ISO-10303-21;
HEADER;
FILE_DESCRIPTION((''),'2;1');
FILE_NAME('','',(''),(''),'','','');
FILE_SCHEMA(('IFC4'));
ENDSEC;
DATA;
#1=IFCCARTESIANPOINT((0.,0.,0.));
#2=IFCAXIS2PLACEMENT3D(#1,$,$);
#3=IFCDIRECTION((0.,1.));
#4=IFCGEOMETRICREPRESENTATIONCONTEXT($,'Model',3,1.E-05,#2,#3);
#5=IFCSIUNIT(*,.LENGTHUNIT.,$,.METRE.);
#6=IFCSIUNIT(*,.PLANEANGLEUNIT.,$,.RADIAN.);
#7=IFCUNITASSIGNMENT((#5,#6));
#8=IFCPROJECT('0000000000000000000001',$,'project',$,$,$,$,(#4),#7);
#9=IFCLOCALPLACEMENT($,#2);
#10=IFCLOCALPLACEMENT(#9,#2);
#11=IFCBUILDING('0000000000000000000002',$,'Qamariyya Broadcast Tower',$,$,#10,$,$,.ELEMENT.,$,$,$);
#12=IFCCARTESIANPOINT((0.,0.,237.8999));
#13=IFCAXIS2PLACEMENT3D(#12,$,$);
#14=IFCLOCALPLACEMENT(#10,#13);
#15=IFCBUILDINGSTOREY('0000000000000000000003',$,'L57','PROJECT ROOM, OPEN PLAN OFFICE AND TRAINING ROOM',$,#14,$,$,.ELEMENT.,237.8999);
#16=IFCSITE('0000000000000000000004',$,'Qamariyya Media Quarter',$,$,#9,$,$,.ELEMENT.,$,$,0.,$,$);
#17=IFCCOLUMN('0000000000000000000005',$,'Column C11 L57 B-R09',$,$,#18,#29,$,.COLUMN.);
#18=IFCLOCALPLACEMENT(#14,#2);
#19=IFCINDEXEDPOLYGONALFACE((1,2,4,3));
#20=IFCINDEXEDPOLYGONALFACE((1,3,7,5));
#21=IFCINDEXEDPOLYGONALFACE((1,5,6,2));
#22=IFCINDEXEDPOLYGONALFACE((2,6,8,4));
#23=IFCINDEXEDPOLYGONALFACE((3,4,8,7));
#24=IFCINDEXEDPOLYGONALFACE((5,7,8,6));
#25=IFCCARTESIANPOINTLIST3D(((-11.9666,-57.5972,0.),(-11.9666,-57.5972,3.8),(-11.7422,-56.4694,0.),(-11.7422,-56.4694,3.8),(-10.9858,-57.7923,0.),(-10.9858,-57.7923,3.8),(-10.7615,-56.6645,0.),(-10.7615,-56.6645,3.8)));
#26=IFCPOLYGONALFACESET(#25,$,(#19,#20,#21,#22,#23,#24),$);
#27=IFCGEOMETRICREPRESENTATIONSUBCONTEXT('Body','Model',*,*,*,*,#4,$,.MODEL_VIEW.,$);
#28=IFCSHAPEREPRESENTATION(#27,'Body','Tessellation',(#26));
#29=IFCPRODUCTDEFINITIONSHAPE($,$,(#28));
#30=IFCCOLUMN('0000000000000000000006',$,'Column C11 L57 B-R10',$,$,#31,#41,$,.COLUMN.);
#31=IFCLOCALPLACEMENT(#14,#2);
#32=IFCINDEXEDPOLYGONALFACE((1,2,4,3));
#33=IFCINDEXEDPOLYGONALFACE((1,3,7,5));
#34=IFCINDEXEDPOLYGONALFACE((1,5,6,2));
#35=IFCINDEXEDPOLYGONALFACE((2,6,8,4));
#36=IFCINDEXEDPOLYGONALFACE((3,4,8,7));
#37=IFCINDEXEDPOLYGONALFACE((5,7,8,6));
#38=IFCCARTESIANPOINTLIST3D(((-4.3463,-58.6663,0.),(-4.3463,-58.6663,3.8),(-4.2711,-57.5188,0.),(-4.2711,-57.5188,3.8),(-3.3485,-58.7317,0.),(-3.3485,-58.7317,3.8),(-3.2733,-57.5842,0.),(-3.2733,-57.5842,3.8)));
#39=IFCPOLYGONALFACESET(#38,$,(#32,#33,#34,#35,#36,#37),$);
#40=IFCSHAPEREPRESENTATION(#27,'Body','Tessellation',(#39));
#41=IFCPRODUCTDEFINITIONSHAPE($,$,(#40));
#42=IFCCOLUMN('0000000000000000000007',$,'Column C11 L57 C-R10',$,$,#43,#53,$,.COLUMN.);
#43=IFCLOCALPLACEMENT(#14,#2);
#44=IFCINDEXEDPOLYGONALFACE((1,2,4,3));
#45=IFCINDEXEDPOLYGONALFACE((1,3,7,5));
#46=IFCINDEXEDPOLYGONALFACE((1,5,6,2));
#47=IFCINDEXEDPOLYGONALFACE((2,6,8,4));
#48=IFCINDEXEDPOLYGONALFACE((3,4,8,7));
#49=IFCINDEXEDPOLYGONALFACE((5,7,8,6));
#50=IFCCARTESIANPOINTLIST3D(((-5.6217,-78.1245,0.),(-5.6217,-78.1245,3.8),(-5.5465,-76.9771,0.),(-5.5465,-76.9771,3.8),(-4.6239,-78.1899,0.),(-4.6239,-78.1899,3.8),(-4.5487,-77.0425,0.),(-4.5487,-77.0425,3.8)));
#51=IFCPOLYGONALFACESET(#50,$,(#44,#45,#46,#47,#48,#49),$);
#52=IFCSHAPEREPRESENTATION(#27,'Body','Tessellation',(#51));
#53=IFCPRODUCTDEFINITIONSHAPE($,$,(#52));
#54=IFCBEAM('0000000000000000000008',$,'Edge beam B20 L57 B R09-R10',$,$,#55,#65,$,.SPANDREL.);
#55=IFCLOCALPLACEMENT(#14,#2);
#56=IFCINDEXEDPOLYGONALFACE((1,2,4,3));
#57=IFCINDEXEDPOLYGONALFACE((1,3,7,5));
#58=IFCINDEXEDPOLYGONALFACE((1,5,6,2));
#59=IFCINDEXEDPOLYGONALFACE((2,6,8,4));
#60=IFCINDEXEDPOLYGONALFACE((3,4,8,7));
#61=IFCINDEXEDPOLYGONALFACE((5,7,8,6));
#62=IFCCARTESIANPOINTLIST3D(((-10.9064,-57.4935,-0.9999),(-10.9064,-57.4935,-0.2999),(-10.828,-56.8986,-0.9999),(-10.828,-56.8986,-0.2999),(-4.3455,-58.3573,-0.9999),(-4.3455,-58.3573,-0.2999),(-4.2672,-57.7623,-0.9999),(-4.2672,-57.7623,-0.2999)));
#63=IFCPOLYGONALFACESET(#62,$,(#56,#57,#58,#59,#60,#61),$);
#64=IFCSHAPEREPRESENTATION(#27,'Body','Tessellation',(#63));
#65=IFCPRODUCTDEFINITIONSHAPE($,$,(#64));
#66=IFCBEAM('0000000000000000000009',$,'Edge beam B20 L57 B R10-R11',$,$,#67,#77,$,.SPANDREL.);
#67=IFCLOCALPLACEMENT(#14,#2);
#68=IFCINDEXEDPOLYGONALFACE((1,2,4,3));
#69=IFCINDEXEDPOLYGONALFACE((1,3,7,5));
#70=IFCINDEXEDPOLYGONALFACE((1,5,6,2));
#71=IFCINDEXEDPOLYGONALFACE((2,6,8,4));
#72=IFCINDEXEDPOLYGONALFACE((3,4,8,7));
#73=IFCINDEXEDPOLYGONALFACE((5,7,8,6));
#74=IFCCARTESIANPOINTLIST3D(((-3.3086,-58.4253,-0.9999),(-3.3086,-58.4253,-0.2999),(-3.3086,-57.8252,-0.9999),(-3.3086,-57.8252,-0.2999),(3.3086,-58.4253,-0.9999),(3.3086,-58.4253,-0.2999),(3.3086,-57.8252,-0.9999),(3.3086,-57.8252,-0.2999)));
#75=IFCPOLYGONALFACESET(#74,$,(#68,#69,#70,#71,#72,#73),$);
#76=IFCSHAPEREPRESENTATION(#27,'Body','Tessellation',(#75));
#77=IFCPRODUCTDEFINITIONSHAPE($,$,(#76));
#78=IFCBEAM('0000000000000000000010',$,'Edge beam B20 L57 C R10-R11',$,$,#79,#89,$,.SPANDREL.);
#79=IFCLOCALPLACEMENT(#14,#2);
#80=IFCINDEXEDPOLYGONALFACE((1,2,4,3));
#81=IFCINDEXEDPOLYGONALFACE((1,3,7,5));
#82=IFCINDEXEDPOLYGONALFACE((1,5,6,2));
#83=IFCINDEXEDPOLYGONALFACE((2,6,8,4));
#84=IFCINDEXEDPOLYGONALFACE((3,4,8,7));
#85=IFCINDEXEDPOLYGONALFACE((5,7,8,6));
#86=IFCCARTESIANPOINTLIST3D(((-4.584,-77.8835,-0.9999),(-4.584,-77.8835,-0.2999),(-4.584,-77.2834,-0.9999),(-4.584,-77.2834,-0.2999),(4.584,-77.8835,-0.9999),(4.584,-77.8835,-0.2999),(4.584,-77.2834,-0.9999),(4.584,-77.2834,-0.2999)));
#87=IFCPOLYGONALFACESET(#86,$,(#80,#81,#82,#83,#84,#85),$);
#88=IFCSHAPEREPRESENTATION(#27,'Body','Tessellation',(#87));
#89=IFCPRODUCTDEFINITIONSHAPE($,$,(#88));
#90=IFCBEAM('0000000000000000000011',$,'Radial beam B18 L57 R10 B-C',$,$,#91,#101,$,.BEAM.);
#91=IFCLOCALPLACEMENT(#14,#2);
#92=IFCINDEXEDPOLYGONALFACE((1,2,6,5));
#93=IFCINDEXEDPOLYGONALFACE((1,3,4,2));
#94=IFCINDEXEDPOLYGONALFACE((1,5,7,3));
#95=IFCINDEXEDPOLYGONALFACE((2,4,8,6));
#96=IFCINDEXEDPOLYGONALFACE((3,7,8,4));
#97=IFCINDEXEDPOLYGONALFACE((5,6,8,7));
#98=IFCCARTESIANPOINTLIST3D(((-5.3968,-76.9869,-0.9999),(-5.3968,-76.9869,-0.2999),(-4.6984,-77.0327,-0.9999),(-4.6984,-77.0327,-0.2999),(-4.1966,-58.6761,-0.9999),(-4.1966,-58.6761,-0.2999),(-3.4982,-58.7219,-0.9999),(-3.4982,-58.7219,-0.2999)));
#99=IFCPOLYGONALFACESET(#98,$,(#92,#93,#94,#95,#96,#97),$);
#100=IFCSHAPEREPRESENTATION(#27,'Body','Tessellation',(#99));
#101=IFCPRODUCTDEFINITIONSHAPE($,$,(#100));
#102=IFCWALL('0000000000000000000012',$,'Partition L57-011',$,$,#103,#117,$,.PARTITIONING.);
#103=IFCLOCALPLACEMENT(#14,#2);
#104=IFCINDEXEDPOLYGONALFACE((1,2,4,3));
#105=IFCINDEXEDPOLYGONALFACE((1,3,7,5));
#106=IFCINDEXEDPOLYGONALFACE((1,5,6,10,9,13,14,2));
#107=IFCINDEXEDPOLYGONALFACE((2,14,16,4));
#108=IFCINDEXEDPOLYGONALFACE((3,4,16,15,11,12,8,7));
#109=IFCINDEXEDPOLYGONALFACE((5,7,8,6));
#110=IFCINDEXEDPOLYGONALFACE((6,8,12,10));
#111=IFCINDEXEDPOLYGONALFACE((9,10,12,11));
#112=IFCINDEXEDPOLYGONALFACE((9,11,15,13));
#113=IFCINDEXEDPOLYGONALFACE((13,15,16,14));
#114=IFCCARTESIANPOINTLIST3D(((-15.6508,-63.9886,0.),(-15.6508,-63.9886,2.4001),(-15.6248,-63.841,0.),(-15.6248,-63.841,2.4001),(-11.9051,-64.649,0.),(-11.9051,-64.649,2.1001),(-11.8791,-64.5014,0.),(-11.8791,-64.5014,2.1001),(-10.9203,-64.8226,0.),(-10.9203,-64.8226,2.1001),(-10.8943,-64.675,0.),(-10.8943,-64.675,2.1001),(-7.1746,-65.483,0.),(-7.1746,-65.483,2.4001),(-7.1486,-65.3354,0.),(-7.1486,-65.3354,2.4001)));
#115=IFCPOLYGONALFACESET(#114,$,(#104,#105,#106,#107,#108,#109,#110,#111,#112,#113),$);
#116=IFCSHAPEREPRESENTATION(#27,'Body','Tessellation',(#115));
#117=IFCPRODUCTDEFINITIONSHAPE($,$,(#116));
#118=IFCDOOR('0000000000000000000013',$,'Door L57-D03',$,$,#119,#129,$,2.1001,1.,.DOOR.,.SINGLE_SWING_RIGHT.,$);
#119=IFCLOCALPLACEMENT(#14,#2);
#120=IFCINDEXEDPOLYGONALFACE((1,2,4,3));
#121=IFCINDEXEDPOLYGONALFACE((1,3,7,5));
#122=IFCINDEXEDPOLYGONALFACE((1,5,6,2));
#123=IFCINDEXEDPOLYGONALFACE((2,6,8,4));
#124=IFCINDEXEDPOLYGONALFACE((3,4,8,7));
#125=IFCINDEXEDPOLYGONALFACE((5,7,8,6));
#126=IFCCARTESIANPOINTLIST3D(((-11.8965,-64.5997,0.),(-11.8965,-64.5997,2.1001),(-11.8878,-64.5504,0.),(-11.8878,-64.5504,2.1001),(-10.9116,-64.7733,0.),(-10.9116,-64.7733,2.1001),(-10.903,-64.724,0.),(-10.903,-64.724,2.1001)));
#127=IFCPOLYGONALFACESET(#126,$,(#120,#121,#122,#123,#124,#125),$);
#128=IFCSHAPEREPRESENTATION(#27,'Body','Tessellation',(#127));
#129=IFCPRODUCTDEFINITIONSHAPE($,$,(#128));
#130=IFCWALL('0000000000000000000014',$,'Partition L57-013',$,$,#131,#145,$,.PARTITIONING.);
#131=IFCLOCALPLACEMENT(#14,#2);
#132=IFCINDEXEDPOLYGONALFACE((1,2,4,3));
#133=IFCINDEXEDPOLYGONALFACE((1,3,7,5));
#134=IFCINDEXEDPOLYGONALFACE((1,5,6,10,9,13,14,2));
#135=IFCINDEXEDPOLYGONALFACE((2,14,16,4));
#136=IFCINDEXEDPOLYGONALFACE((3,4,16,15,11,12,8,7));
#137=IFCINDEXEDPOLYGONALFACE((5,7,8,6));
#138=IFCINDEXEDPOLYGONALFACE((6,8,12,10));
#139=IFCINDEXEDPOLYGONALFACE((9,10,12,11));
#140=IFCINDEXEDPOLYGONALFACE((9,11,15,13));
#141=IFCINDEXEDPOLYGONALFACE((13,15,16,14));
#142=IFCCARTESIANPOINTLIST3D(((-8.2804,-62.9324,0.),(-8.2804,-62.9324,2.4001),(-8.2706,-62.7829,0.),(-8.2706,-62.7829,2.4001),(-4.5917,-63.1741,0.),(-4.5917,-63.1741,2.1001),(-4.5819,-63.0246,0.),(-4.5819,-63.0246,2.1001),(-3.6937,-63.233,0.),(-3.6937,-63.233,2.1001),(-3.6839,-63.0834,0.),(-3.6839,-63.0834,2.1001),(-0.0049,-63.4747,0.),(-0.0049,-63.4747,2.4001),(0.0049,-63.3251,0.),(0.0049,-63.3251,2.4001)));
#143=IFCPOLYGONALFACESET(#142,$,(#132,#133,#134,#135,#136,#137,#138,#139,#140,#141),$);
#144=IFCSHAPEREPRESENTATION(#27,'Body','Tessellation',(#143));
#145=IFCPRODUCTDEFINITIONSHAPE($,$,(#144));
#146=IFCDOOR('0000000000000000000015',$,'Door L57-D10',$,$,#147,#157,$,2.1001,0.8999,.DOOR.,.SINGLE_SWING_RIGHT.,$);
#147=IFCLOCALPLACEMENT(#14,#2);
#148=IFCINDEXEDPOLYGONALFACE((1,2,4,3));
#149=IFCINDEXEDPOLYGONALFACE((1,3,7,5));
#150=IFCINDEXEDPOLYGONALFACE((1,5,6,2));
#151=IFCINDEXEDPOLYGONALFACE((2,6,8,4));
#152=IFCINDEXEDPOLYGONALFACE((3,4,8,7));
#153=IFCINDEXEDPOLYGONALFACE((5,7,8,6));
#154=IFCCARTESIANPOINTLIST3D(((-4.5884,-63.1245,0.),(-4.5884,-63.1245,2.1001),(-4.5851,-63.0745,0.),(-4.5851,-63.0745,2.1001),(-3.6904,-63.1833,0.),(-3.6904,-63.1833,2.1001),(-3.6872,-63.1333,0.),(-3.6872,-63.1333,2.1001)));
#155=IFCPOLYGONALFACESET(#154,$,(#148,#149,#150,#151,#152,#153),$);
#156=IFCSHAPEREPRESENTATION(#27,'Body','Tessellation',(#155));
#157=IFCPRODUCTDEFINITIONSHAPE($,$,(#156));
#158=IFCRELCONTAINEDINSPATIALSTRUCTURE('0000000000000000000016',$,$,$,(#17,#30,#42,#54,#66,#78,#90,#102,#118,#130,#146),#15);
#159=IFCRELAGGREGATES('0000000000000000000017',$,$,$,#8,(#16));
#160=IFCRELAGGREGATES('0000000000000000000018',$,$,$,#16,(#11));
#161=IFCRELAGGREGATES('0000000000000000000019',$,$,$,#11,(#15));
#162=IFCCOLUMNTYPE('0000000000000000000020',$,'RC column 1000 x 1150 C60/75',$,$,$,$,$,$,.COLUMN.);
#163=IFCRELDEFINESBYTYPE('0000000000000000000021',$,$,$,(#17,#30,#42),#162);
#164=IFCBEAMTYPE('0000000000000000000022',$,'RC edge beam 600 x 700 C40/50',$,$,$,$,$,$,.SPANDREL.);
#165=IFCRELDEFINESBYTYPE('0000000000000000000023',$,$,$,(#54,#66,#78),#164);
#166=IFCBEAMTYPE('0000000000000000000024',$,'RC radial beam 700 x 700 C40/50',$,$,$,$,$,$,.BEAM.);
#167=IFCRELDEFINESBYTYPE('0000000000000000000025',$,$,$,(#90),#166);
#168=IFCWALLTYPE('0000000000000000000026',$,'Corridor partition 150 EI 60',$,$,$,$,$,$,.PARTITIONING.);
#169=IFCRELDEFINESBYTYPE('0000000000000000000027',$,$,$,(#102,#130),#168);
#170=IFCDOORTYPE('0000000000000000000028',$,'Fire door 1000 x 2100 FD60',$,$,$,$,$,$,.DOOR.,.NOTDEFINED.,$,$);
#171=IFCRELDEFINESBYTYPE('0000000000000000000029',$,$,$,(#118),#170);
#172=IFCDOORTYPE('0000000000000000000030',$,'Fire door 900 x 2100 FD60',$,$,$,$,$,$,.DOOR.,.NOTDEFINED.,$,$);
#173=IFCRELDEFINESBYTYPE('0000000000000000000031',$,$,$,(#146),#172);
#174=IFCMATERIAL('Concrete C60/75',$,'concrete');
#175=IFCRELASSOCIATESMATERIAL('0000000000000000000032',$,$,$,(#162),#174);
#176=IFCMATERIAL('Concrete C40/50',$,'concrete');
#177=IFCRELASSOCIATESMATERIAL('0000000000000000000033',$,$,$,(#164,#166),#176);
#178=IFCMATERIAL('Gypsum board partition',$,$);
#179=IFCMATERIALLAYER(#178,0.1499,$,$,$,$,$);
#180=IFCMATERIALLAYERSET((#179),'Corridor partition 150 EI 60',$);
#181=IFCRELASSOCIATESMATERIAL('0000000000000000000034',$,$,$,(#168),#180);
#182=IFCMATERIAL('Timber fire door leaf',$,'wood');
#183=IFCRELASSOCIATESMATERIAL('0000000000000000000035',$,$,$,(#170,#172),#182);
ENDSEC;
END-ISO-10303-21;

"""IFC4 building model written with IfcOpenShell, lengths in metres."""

from ifc_helpers import new_model, si_unit, direction, frame, frame_2d, origin, origin_2d, place, context, subcontext, project, spatial, rectangle, extrude, material, layer, layer_set, material_profile, profile_set, type_object, element, fill, save


model = new_model("IFC4")

# Units and contexts
model_context = context("Model", 3, precision=1e-05, world=origin(), true_north=direction((0.0, 1.0)))
body_context = subcontext(model_context, "Body", "Model", "MODEL_VIEW")
ifc_project = project(units=[si_unit("LENGTHUNIT", "METRE"), si_unit("PLANEANGLEUNIT", "RADIAN")], contexts=[model_context])

# Site, building, storey
site_placement = place(None, origin())
site = spatial("IfcSite", under=ifc_project, at=site_placement, Name="Qamariyya Media Quarter", CompositionType="ELEMENT", RefElevation=0.0)
building_placement = place(site_placement, origin())
building = spatial("IfcBuilding", under=site, at=building_placement, Name="Qamariyya Broadcast Tower", CompositionType="ELEMENT")
storey_placement = place(building_placement, frame((0.0, 0.0, 237.8999)))
storey = spatial("IfcBuildingStorey", under=building, at=storey_placement, Name="L57", Description="PROJECT ROOM, OPEN PLAN OFFICE AND TRAINING ROOM", CompositionType="ELEMENT", Elevation=237.8999)

# Columns
ifc_material_1 = material(Name="Concrete C60/75", Category="concrete")
ifc_material_profile_1 = material_profile(ifc_material_1, rectangle(XDim=1.0, YDim=1.1499, at=origin_2d()))
ifc_profile_set_1 = profile_set([ifc_material_profile_1], Name="Concrete C60/75")
column_type = type_object("IfcColumnType", Name="RC column 1000 x 1150 C60/75", PredefinedType="COLUMN", material=ifc_profile_set_1)
for number, where, z_axis, x_axis, name in (
    (1, (-11.364, -57.1309, 0.0), (0.0, 0.0, 1.0), (0.980785, -0.19509, 0.0), "Column C11 L57 B-R09"),
    (2, (-3.8098, -58.1252, 0.0), (0.0, 0.0, 1.0), (0.997859, -0.065403, 0.0), "Column C11 L57 B-R10"),
    (3, (-5.0852, -77.5835, 0.0), (0.0, 0.0, 1.0), (0.997859, -0.065403, 0.0), "Column C11 L57 C-R10"),
):
    element("IfcColumn", number, at=place(storey_placement, frame(where, z_axis=z_axis, x_axis=x_axis)), inside=storey, type_object=column_type, Name=name, PredefinedType="COLUMN", context=body_context, shape_type="SweptSolid", body=[
        extrude(rectangle(XDim=1.0, YDim=1.1499, at=origin_2d()), origin(), (0.0, 0.0, 1.0), 3.8),
    ])

# Beams
ifc_material_2 = material(Name="Concrete C40/50", Category="concrete")
ifc_material_profile_2 = material_profile(ifc_material_2, rectangle(XDim=0.6001, YDim=0.7, at=origin_2d()))
ifc_profile_set_2 = profile_set([ifc_material_profile_2], Name="Concrete C40/50")
beam_type_1 = type_object("IfcBeamType", Name="RC edge beam 600 x 700 C40/50", PredefinedType="SPANDREL", material=ifc_profile_set_2)
beam_1_placement = place(storey_placement, frame((-10.8672, -57.196, -0.6499), z_axis=(0.991444, -0.13053, 0.0), x_axis=(0.13053, 0.991444, 0.0)))
element("IfcBeam", 4, at=beam_1_placement, inside=storey, type_object=beam_type_1, Name="Edge beam B20 L57 B R09-R10", PredefinedType="SPANDREL", context=body_context, shape_type="SweptSolid", body=[
    extrude(rectangle(XDim=0.6001, YDim=0.7, at=origin_2d()), origin(), (0.0, 0.0, 1.0), 6.6174),
])
beam_2_placement = place(storey_placement, frame((-3.3086, -58.1252, -0.6499), z_axis=(1.0, 0.0, 0.0), x_axis=(0.0, 1.0, 0.0)))
element("IfcBeam", 5, at=beam_2_placement, inside=storey, type_object=beam_type_1, Name="Edge beam B20 L57 B R10-R11", PredefinedType="SPANDREL", context=body_context, shape_type="SweptSolid", body=[
    extrude(rectangle(XDim=0.6001, YDim=0.7, at=origin_2d()), origin(), (0.0, 0.0, 1.0), 6.6172),
])
beam_3_placement = place(storey_placement, frame((-4.584, -77.5835, -0.6499), z_axis=(1.0, 0.0, 0.0), x_axis=(0.0, 1.0, 0.0)))
element("IfcBeam", 6, at=beam_3_placement, inside=storey, type_object=beam_type_1, Name="Edge beam B20 L57 C R10-R11", PredefinedType="SPANDREL", context=body_context, shape_type="SweptSolid", body=[
    extrude(rectangle(XDim=0.6001, YDim=0.7, at=origin_2d()), origin(), (0.0, 0.0, 1.0), 9.168),
])
ifc_material_profile_3 = material_profile(ifc_material_2, rectangle(XDim=0.7, YDim=0.7, at=origin_2d()))
ifc_profile_set_3 = profile_set([ifc_material_profile_3], Name="Concrete C40/50")
beam_type_2 = type_object("IfcBeamType", Name="RC radial beam 700 x 700 C40/50", PredefinedType="BEAM", material=ifc_profile_set_3)
beam_4_placement = place(storey_placement, frame((-3.8474, -58.699, -0.6499), z_axis=(-0.065405, -0.997859, 0.0), x_axis=(0.997859, -0.065405, 0.0)))
element("IfcBeam", 7, at=beam_4_placement, inside=storey, type_object=beam_type_2, Name="Radial beam B18 L57 R10 B-C", PredefinedType="BEAM", context=body_context, shape_type="SweptSolid", body=[
    extrude(rectangle(XDim=0.7, YDim=0.7, at=origin_2d()), origin(), (0.0, 0.0, 1.0), 18.3501),
])

# Walls, openings, doors
ifc_material_3 = material(Name="Gypsum board partition")
ifc_layer_1 = layer(ifc_material_3, 0.1499)
ifc_layer_set_1 = layer_set([ifc_layer_1], Name="Corridor partition 150 EI 60")
wall_type_1 = type_object("IfcWallType", Name="Corridor partition 150 EI 60", PredefinedType="PARTITIONING", material=ifc_layer_set_1)
wall_1_placement = place(storey_placement, frame((-7.1616, -65.4092, 0.0), z_axis=(0.0, 0.0, 1.0), x_axis=(-0.984812, 0.173624, 0.0)))
wall_1 = element("IfcWall", 8, at=wall_1_placement, inside=storey, type_object=wall_type_1, Name="Partition L57-011", PredefinedType="PARTITIONING", context=body_context, shape_type="SweptSolid", body=[
    extrude(rectangle(XDim=8.6069, YDim=0.1499, at=frame_2d((4.3035, 0.0))), origin(), (0.0, 0.0, 1.0), 2.4001),
])
opening_1_placement = place(wall_1_placement, frame((3.8035, 0.0, 0.0)))
opening_1 = element("IfcOpeningElement", 9, at=opening_1_placement, cuts=wall_1, PredefinedType="OPENING", context=body_context, shape_type="SweptSolid", body=[
    extrude(rectangle(XDim=1.0, YDim=2.1001, at=frame_2d((0.5, 1.05))), frame((0.0, 0.085, 0.0), z_axis=(0.0, -1.0, 0.0), x_axis=(1.0, 0.0, 0.0)), (0.0, 0.0, 1.0), 0.1699),
])
ifc_material_4 = material(Name="Timber fire door leaf", Category="wood")
door_type_1 = type_object("IfcDoorType", Name="Fire door 1000 x 2100 FD60", OperationType="NOTDEFINED", PredefinedType="DOOR", material=ifc_material_4)
door_1_placement = place(opening_1_placement, origin())
door_1 = element("IfcDoor", 10, at=door_1_placement, inside=storey, type_object=door_type_1, Name="Door L57-D03", OperationType="SINGLE_SWING_RIGHT", OverallHeight=2.1001, OverallWidth=1.0, PredefinedType="DOOR", context=body_context, shape_type="SweptSolid", body=[
    extrude(rectangle(XDim=1.0, YDim=2.1001, at=frame_2d((0.5, 1.05))), frame((0.0, 0.0249, 0.0), z_axis=(0.0, -1.0, 0.0), x_axis=(1.0, 0.0, 0.0)), (0.0, 0.0, 1.0), 0.05),
])
fill(opening_1, door_1)
wall_2_placement = place(storey_placement, frame((-8.2754, -62.8577, 0.0), z_axis=(0.0, 0.0, 1.0), x_axis=(0.99786, -0.065384, 0.0)))
wall_2 = element("IfcWall", 11, at=wall_2_placement, inside=storey, type_object=wall_type_1, Name="Partition L57-013", PredefinedType="PARTITIONING", context=body_context, shape_type="SweptSolid", body=[
    extrude(rectangle(XDim=8.2932, YDim=0.1499, at=frame_2d((4.1465, 0.0))), origin(), (0.0, 0.0, 1.0), 2.4001),
])
opening_2_placement = place(wall_2_placement, frame((3.6965, 0.0, 0.0)))
opening_2 = element("IfcOpeningElement", 12, at=opening_2_placement, cuts=wall_2, PredefinedType="OPENING", context=body_context, shape_type="SweptSolid", body=[
    extrude(rectangle(XDim=0.8999, YDim=2.1001, at=frame_2d((0.45, 1.05))), frame((0.0, 0.085, 0.0), z_axis=(0.0, -1.0, 0.0), x_axis=(1.0, 0.0, 0.0)), (0.0, 0.0, 1.0), 0.1699),
])
door_type_2 = type_object("IfcDoorType", Name="Fire door 900 x 2100 FD60", OperationType="NOTDEFINED", PredefinedType="DOOR", material=ifc_material_4)
door_2_placement = place(opening_2_placement, origin())
door_2 = element("IfcDoor", 13, at=door_2_placement, inside=storey, type_object=door_type_2, Name="Door L57-D10", OperationType="SINGLE_SWING_RIGHT", OverallHeight=2.1001, OverallWidth=0.8999, PredefinedType="DOOR", context=body_context, shape_type="SweptSolid", body=[
    extrude(rectangle(XDim=0.8999, YDim=2.1001, at=frame_2d((0.45, 1.05))), frame((0.0, 0.0249, 0.0), z_axis=(0.0, -1.0, 0.0), x_axis=(1.0, 0.0, 0.0)), (0.0, 0.0, 1.0), 0.05),
])
fill(opening_2, door_2)

save(model, "model.ifc")
